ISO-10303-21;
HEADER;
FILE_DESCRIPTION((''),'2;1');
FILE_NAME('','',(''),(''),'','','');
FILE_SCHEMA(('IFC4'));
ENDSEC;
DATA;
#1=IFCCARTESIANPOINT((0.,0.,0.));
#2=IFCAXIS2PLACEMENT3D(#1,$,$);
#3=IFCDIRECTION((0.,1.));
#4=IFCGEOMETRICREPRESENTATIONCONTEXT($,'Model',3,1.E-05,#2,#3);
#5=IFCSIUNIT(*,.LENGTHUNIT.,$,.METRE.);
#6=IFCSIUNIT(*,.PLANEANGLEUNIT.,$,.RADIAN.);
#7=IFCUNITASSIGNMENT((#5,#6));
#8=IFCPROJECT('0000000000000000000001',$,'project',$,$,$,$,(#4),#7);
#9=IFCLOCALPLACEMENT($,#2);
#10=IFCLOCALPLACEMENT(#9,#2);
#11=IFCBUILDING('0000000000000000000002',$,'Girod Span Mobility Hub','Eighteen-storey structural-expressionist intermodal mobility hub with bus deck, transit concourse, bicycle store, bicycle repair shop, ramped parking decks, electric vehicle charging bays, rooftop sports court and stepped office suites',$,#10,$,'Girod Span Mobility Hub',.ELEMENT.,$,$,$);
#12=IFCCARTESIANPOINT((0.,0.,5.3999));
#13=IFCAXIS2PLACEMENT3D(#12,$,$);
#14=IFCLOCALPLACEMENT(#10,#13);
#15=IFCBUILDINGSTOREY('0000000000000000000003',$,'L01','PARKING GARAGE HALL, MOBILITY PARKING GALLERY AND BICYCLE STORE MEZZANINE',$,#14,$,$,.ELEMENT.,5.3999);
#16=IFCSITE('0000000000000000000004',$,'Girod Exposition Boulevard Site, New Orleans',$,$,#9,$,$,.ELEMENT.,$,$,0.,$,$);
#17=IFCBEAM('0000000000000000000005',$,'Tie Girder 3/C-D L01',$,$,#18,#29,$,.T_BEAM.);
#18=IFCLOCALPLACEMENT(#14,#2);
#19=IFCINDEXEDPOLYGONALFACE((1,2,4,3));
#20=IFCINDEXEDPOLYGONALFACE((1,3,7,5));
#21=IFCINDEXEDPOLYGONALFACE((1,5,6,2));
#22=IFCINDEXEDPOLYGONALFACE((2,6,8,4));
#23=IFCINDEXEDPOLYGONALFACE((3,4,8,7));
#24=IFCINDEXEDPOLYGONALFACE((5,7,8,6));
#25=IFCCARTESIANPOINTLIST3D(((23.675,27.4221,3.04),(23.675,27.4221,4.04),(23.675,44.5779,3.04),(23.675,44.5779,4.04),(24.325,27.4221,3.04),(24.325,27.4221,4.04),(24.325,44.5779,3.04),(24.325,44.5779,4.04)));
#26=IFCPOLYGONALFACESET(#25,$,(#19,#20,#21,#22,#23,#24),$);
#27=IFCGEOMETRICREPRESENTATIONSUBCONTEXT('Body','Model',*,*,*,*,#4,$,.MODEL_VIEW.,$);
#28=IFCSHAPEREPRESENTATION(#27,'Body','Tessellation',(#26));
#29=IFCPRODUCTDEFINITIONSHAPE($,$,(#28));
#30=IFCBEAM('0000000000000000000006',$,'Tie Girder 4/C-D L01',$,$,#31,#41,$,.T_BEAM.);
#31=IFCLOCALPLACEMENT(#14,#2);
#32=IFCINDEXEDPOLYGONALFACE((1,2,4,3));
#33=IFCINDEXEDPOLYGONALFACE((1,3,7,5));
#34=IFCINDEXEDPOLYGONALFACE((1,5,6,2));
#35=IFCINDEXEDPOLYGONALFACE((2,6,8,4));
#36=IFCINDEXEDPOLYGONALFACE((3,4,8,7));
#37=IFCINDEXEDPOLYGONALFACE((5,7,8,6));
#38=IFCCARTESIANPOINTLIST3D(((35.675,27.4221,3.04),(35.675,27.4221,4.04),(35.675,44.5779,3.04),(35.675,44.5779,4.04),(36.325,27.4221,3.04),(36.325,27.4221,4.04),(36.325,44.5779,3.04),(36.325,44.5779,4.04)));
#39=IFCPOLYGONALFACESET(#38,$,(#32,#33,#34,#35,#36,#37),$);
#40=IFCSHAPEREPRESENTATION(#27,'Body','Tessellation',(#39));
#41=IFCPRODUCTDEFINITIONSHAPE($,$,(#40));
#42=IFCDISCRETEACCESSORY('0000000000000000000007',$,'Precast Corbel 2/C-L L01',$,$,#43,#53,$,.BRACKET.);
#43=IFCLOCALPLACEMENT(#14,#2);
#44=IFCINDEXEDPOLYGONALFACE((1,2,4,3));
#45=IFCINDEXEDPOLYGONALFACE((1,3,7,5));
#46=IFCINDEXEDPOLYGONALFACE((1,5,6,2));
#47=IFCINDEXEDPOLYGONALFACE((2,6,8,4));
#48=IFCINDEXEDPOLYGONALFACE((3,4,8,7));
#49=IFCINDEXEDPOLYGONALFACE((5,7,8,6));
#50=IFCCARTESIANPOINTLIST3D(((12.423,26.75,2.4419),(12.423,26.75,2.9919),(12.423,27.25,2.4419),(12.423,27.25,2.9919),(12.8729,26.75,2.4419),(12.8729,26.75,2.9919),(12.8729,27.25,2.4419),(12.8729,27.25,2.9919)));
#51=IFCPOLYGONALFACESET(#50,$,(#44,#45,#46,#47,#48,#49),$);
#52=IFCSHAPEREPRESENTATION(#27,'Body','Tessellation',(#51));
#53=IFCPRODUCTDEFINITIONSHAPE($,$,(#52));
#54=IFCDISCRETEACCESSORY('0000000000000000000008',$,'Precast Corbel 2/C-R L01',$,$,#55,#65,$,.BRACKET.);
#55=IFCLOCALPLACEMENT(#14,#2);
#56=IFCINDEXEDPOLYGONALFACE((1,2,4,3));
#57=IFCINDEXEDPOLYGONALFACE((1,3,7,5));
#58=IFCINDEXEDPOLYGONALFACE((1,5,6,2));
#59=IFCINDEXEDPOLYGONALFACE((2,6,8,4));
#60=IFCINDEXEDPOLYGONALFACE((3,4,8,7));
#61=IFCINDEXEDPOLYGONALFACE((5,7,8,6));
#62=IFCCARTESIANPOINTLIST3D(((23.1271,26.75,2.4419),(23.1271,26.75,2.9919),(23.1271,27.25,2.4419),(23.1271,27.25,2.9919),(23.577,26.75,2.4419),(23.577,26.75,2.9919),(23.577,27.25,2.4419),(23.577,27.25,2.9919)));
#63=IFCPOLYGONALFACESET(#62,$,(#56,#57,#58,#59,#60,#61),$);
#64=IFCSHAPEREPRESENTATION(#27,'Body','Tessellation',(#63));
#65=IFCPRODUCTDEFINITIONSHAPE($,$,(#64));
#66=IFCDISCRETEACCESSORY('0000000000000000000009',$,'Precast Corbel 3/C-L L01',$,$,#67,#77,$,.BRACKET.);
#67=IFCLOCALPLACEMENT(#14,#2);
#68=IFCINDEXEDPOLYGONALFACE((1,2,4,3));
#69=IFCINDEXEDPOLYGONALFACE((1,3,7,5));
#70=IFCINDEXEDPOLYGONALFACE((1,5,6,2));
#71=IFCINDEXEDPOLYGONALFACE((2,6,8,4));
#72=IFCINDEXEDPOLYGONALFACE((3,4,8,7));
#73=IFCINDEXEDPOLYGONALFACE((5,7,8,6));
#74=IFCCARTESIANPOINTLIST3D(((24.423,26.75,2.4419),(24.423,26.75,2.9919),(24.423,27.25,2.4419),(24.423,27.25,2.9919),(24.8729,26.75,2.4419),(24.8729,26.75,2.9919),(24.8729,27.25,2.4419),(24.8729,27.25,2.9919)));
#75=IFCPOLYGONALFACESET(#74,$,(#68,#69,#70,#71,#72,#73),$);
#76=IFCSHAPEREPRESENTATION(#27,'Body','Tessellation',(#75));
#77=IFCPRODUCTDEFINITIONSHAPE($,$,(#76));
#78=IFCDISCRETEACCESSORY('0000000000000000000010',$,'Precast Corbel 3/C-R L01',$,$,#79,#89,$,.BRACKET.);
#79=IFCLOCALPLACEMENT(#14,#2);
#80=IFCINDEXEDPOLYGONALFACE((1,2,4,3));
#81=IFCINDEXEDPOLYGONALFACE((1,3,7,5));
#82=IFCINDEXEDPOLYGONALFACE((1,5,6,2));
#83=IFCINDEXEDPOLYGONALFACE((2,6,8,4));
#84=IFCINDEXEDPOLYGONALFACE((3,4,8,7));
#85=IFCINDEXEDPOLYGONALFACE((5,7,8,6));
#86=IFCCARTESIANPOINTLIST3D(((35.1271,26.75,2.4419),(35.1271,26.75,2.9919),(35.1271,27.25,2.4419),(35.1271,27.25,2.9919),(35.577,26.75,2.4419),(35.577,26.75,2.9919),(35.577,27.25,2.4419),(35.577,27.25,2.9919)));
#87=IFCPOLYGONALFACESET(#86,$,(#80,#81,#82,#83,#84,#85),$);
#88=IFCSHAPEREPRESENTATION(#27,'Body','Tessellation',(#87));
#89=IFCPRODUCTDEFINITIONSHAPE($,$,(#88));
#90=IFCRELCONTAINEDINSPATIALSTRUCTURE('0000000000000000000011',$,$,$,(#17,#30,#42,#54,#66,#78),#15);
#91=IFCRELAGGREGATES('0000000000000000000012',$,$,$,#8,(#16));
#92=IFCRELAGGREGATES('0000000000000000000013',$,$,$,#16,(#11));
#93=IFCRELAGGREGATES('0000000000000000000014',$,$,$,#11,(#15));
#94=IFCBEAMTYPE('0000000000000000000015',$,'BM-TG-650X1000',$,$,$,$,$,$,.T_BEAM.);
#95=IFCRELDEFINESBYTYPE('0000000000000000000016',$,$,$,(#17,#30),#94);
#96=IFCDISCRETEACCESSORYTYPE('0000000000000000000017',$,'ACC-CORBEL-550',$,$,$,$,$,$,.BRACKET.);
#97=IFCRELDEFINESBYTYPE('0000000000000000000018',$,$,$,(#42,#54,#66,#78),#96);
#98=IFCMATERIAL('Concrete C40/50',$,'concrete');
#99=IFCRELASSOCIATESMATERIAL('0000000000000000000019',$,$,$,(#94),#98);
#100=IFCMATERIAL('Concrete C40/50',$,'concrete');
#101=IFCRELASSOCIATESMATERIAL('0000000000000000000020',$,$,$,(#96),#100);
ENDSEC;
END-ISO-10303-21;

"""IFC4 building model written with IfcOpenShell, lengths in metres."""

from ifc_helpers import new_model, si_unit, direction, frame, origin, origin_2d, place, context, subcontext, project, spatial, rectangle, extrude, material, material_profile, profile_set, type_object, element, save


model = new_model("IFC4")

# Units and contexts
model_context = context("Model", 3, precision=1e-05, world=origin(), true_north=direction((0.0, 1.0)))
body_context = subcontext(model_context, "Body", "Model", "MODEL_VIEW")
ifc_project = project(units=[si_unit("LENGTHUNIT", "METRE"), si_unit("PLANEANGLEUNIT", "RADIAN")], contexts=[model_context])

# Site, building, storey
site_placement = place(None, origin())
site = spatial("IfcSite", under=ifc_project, at=site_placement, Name="Girod Exposition Boulevard Site, New Orleans", CompositionType="ELEMENT", RefElevation=0.0)
building_placement = place(site_placement, origin())
building = spatial("IfcBuilding", under=site, at=building_placement, Name="Girod Span Mobility Hub", Description="Eighteen-storey structural-expressionist intermodal mobility hub with bus deck, transit concourse, bicycle store, bicycle repair shop, ramped parking decks, electric vehicle charging bays, rooftop sports court and stepped office suites", LongName="Girod Span Mobility Hub", CompositionType="ELEMENT")
storey_placement = place(building_placement, frame((0.0, 0.0, 5.3999)))
storey = spatial("IfcBuildingStorey", under=building, at=storey_placement, Name="L01", Description="PARKING GARAGE HALL, MOBILITY PARKING GALLERY AND BICYCLE STORE MEZZANINE", CompositionType="ELEMENT", Elevation=5.3999)

# Beams
ifc_material_1 = material(Name="Concrete C40/50", Category="concrete")
ifc_material_profile_1 = material_profile(ifc_material_1, rectangle(XDim=0.6499, YDim=1.0, at=origin_2d()), Name="TG-650X1000")
ifc_profile_set_1 = profile_set([ifc_material_profile_1], Name="Concrete C40/50")
beam_type_1 = type_object("IfcBeamType", Name="BM-TG-650X1000", PredefinedType="T_BEAM", material=ifc_profile_set_1)
for number, where, z_axis, x_axis, name in (
    (1, (24.0, 27.4221, 3.54), (0.0, 1.0, 0.0), (-1.0, 0.0, 0.0), "Tie Girder 3/C-D L01"),
    (2, (36.0, 27.4221, 3.54), (0.0, 1.0, 0.0), (-1.0, 0.0, 0.0), "Tie Girder 4/C-D L01"),
):
    element("IfcBeam", number, at=place(storey_placement, frame(where, z_axis=z_axis, x_axis=x_axis)), inside=storey, type_object=beam_type_1, Name=name, PredefinedType="T_BEAM", context=body_context, shape_type="SweptSolid", body=[
        extrude(rectangle(XDim=0.6499, YDim=1.0, at=origin_2d()), origin(), (0.0, 0.0, 1.0), 17.1558),
    ])

# Discrete accessories
ifc_material_2 = material(Name="Concrete C40/50", Category="concrete")
discrete_accessory_type = type_object("IfcDiscreteAccessoryType", Name="ACC-CORBEL-550", PredefinedType="BRACKET", material=ifc_material_2)
for number, where, z_axis, x_axis, name in (
    (3, (12.6479, 27.0, 2.4419), (0.0, 0.0, 1.0), (1.0, 0.0, 0.0), "Precast Corbel 2/C-L L01"),
    (4, (23.3521, 27.0, 2.4419), (0.0, 0.0, 1.0), (1.0, 0.0, 0.0), "Precast Corbel 2/C-R L01"),
    (5, (24.6479, 27.0, 2.4419), (0.0, 0.0, 1.0), (1.0, 0.0, 0.0), "Precast Corbel 3/C-L L01"),
    (6, (35.3521, 27.0, 2.4419), (0.0, 0.0, 1.0), (1.0, 0.0, 0.0), "Precast Corbel 3/C-R L01"),
):
    element("IfcDiscreteAccessory", number, at=place(storey_placement, frame(where, z_axis=z_axis, x_axis=x_axis)), inside=storey, type_object=discrete_accessory_type, Name=name, PredefinedType="BRACKET", context=body_context, shape_type="SweptSolid", body=[
        extrude(rectangle(XDim=0.45, YDim=0.5, at=origin_2d()), origin(), (0.0, 0.0, 1.0), 0.55),
    ])

save(model, "model.ifc")
